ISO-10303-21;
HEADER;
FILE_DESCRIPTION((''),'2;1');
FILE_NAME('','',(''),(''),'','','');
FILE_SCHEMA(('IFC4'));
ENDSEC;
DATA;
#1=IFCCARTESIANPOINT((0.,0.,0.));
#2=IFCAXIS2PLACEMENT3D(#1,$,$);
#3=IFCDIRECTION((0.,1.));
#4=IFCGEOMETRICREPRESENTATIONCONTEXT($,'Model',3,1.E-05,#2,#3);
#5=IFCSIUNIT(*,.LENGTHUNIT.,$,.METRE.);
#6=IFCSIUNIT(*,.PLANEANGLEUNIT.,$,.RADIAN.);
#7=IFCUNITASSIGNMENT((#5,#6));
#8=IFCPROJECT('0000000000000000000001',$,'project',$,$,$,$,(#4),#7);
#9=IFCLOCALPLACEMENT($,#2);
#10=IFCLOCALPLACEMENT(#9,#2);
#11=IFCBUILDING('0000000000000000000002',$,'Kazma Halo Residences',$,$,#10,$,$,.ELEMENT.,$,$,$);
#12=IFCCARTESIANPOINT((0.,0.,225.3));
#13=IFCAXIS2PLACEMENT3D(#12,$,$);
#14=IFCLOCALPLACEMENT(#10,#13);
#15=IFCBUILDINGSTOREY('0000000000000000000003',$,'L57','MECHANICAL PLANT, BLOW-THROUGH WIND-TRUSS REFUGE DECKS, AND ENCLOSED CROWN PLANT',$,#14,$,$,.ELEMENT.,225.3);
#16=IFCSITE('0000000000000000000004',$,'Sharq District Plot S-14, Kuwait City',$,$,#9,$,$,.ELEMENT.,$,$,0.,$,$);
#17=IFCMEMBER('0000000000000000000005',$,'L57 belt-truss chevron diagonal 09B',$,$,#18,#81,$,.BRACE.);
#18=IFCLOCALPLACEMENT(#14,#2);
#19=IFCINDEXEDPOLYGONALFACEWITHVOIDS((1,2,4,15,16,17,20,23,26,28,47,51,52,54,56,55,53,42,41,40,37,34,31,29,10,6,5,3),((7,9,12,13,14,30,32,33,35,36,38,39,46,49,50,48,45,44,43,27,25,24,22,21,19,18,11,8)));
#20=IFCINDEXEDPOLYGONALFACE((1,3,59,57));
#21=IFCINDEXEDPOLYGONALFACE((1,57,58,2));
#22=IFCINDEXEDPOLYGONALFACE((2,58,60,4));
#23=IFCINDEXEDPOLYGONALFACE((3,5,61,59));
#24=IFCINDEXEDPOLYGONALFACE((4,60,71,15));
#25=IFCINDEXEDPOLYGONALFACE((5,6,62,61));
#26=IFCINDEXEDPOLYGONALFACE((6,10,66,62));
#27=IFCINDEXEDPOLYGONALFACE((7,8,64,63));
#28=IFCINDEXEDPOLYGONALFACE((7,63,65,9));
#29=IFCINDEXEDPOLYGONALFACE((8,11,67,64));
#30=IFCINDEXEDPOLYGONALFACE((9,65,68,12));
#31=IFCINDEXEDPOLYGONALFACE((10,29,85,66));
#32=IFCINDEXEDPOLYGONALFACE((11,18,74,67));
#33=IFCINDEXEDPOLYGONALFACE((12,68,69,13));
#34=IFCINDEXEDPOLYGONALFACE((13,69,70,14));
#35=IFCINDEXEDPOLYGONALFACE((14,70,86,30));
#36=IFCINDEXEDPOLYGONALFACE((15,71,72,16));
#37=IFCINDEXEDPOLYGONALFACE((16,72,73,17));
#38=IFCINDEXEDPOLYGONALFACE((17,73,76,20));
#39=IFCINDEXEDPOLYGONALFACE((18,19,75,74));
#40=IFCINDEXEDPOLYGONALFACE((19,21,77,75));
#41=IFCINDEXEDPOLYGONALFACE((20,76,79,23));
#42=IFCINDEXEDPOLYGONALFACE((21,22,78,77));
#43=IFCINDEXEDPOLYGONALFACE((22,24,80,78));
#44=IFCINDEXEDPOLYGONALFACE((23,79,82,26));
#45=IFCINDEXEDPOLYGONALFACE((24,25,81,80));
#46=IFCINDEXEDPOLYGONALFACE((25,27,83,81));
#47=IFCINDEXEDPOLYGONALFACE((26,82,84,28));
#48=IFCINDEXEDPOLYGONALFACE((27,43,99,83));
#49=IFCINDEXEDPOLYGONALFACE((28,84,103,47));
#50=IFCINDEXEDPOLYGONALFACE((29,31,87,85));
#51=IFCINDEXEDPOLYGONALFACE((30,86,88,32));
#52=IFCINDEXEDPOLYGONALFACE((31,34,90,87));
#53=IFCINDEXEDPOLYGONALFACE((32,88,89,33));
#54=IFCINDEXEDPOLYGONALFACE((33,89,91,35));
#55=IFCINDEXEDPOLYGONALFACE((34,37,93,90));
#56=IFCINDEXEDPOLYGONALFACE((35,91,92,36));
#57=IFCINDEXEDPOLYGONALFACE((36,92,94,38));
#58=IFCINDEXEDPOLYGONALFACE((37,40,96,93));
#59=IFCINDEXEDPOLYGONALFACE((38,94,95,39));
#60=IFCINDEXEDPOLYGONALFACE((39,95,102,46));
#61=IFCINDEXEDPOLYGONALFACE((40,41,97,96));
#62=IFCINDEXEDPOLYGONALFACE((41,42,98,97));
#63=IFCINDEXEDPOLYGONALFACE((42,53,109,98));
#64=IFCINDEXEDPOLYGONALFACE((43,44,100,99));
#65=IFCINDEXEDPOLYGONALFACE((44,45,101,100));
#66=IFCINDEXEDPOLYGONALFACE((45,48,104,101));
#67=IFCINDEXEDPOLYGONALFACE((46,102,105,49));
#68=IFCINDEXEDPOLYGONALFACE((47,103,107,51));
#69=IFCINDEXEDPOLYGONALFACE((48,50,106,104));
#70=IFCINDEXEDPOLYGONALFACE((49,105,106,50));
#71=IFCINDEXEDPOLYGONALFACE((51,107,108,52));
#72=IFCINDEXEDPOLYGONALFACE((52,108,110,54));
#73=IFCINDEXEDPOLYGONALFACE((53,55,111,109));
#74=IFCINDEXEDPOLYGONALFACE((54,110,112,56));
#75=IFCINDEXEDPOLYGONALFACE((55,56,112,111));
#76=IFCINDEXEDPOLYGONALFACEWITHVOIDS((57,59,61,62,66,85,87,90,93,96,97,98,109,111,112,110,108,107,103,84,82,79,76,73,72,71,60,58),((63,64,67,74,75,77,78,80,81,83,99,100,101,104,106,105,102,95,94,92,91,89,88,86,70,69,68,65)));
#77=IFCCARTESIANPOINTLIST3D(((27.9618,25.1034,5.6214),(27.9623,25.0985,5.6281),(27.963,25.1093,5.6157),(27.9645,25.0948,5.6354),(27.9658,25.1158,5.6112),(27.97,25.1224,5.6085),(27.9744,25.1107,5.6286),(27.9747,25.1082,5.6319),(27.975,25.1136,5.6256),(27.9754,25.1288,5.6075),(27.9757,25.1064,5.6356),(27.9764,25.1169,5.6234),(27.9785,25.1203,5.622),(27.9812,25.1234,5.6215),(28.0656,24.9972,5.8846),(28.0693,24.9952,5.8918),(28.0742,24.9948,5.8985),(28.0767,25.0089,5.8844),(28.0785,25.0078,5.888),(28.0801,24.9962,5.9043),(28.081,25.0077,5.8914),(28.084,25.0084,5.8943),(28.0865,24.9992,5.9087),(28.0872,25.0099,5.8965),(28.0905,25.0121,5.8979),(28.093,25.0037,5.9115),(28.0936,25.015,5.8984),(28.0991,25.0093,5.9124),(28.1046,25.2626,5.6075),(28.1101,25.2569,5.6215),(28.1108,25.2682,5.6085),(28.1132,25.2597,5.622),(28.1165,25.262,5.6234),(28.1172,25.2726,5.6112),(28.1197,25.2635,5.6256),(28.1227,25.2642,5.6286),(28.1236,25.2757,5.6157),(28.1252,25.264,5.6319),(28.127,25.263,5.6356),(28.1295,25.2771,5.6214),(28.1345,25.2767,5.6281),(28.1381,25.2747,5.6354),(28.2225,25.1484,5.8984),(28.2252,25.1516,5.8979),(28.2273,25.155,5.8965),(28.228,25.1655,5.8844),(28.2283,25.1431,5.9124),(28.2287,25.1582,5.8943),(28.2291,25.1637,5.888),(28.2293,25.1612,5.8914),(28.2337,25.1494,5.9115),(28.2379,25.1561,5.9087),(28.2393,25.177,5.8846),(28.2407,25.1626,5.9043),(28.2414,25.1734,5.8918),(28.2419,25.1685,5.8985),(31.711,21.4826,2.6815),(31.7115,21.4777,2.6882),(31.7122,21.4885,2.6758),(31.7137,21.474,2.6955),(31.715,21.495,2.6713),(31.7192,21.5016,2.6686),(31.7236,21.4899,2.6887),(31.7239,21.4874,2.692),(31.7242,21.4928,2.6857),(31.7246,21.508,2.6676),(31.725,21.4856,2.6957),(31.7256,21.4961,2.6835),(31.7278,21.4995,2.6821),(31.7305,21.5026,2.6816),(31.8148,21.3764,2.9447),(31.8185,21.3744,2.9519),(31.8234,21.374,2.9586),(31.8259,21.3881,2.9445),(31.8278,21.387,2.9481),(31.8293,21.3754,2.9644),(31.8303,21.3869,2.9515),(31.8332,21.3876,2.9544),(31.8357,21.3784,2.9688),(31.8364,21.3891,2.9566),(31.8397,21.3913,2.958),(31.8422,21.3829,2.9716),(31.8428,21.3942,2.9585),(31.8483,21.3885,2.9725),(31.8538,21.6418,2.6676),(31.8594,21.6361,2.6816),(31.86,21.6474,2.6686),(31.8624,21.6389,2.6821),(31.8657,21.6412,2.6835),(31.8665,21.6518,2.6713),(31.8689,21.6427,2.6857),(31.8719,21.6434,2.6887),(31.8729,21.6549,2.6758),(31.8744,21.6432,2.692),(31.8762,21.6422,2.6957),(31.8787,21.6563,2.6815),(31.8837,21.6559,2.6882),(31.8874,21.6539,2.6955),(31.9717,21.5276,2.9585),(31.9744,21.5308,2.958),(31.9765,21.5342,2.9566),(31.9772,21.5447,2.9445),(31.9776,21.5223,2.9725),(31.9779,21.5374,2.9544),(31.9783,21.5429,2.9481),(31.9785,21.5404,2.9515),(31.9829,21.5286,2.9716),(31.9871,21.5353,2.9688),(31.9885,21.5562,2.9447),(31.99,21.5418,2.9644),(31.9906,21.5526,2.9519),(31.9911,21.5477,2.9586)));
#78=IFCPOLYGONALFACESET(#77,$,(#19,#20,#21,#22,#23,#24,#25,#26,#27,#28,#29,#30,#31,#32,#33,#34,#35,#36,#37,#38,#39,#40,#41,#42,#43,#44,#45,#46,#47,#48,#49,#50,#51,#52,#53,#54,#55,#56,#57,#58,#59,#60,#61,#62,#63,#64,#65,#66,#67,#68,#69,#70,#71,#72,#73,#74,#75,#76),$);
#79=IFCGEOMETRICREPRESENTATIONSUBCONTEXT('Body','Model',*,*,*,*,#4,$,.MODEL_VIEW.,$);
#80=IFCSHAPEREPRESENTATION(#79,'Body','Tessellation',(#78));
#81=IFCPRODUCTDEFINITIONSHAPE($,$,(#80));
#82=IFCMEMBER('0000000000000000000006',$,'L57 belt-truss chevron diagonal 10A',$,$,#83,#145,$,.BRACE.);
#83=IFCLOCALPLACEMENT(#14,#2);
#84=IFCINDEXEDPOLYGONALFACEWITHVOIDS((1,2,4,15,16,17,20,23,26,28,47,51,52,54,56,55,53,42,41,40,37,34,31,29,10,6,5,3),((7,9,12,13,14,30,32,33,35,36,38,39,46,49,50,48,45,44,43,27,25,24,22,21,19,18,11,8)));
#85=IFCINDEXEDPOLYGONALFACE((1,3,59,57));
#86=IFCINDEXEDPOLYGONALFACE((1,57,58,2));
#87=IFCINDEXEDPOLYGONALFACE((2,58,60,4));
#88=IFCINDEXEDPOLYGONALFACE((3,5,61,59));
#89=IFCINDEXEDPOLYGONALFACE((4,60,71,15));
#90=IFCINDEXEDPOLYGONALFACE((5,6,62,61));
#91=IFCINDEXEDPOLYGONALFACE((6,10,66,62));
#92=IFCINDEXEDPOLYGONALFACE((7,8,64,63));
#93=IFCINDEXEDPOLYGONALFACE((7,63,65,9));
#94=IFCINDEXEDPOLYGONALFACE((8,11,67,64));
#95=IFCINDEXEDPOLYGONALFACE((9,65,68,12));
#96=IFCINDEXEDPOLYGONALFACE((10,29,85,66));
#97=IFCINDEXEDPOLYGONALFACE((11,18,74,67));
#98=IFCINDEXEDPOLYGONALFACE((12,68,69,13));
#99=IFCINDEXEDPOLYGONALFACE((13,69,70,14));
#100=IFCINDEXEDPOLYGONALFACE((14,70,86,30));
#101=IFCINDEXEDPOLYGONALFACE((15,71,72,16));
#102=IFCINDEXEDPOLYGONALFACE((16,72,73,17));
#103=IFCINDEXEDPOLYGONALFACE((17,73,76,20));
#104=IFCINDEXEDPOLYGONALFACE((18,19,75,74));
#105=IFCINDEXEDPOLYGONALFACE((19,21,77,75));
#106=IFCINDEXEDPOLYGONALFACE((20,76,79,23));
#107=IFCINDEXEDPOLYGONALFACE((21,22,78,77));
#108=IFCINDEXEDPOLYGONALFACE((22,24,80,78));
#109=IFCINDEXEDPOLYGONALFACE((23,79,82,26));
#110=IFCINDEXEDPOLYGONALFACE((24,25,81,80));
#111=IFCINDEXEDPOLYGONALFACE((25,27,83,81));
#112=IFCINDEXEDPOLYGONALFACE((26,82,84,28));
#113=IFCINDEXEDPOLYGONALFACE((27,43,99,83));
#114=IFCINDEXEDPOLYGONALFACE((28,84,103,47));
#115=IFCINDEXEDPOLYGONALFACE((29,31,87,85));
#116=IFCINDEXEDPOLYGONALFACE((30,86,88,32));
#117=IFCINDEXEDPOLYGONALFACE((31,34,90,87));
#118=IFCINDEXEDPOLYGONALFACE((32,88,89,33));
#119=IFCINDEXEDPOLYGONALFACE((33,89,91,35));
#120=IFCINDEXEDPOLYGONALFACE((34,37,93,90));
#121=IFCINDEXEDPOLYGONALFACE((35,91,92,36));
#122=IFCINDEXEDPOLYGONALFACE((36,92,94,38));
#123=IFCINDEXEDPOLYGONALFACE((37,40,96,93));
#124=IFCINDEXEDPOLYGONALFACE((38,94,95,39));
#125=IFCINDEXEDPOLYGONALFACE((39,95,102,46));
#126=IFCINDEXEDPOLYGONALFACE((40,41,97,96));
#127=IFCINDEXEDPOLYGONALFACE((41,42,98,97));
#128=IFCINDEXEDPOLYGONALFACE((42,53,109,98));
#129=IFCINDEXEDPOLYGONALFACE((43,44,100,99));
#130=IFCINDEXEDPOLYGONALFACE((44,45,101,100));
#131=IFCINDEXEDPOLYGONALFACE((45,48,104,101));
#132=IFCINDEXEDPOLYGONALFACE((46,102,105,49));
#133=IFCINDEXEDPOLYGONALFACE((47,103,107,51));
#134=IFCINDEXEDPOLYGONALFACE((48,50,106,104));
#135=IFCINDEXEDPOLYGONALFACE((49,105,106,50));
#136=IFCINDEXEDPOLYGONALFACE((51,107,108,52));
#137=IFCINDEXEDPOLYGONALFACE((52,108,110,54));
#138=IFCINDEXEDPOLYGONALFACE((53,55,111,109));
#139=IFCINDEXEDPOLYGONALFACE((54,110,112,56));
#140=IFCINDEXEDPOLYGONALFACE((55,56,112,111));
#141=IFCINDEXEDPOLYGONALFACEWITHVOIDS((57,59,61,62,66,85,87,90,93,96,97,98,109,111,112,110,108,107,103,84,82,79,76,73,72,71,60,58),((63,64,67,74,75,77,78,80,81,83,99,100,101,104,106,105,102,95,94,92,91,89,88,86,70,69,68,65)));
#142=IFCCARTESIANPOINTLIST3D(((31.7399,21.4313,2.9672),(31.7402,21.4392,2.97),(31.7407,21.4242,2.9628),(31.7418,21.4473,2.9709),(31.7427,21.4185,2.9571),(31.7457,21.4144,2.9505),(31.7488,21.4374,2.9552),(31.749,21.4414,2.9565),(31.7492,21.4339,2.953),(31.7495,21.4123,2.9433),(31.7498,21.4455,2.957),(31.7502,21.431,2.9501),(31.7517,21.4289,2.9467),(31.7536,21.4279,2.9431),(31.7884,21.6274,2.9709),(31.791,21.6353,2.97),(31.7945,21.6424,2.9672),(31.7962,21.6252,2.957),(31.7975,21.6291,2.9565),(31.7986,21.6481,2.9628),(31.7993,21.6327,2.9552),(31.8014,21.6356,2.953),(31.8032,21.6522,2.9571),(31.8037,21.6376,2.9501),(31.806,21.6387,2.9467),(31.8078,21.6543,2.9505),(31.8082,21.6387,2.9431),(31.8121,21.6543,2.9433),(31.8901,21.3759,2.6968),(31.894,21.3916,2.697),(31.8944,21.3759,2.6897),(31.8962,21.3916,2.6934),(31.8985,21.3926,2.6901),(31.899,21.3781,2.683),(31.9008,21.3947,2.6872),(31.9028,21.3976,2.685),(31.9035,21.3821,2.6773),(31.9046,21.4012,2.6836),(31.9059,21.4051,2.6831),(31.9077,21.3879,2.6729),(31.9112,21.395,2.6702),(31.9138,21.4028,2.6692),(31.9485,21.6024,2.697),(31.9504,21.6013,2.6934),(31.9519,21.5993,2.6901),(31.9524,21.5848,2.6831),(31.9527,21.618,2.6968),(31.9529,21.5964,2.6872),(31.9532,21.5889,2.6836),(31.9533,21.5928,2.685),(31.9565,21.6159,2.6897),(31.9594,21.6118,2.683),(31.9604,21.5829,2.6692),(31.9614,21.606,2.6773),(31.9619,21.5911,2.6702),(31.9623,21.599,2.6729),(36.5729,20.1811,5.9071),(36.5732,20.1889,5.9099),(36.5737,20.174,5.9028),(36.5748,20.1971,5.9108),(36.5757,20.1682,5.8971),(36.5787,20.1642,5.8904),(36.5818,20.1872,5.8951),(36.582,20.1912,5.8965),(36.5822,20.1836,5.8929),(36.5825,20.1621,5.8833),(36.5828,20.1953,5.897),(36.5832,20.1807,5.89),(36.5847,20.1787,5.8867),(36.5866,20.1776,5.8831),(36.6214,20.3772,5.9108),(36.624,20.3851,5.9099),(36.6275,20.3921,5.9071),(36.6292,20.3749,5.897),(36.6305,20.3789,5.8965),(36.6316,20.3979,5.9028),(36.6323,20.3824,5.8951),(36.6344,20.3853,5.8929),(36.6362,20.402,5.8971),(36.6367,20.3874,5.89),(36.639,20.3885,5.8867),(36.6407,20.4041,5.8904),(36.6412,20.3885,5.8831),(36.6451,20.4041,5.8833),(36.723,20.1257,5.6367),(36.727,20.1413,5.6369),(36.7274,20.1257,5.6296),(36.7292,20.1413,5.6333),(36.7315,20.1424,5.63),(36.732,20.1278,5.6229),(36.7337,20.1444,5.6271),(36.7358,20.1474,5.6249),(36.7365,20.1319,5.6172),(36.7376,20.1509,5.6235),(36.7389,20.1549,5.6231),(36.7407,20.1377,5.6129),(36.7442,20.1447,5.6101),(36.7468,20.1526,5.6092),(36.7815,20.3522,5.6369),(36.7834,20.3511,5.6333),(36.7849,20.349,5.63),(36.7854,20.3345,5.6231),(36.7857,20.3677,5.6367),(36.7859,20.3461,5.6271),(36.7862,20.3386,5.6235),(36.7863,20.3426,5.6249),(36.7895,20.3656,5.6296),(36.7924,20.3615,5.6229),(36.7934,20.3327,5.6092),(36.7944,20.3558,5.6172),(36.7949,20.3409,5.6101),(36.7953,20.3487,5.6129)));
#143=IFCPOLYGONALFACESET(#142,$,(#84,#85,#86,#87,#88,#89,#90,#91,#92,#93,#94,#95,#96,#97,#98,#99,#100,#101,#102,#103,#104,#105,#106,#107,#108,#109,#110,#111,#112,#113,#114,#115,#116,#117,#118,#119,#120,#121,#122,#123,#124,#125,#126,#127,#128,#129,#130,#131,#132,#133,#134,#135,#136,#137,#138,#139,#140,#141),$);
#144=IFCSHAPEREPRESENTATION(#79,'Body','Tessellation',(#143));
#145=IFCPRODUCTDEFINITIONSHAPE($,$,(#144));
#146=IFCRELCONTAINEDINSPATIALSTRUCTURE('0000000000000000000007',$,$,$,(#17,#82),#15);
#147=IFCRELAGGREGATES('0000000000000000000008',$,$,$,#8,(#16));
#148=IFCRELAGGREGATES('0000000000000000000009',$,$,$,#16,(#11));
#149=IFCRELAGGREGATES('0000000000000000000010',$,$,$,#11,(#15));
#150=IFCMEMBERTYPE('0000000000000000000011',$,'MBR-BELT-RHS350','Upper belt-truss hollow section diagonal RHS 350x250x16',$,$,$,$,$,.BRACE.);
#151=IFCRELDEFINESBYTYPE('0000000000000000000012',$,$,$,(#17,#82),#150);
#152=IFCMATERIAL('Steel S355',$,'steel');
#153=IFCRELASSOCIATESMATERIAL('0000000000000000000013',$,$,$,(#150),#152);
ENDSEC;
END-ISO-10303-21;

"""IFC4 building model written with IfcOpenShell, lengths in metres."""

from ifc_helpers import new_model, si_unit, direction, frame, origin, origin_2d, place, context, subcontext, project, spatial, hollow_rectangle, extrude, material, material_profile, profile_set, type_object, element, save


model = new_model("IFC4")

# Units and contexts
model_context = context("Model", 3, precision=1e-05, world=origin(), true_north=direction((0.0, 1.0)))
body_context = subcontext(model_context, "Body", "Model", "MODEL_VIEW")
ifc_project = project(units=[si_unit("LENGTHUNIT", "METRE"), si_unit("PLANEANGLEUNIT", "RADIAN")], contexts=[model_context])

# Site, building, storey
site_placement = place(None, origin())
site = spatial("IfcSite", under=ifc_project, at=site_placement, Name="Sharq District Plot S-14, Kuwait City", CompositionType="ELEMENT", RefElevation=0.0)
building_placement = place(site_placement, origin())
building = spatial("IfcBuilding", under=site, at=building_placement, Name="Kazma Halo Residences", CompositionType="ELEMENT")
storey_placement = place(building_placement, frame((0.0, 0.0, 225.3)))
storey = spatial("IfcBuildingStorey", under=building, at=storey_placement, Name="L57", Description="MECHANICAL PLANT, BLOW-THROUGH WIND-TRUSS REFUGE DECKS, AND ENCLOSED CROWN PLANT", CompositionType="ELEMENT", Elevation=225.3)

# Shared definitions
ifc_material_1 = material(Name="Steel S355", Category="steel")

# Members
ifc_material_profile_1 = material_profile(ifc_material_1, hollow_rectangle(XDim=0.25, YDim=0.3501, WallThickness=0.0161, InnerFilletRadius=0.0161, OuterFilletRadius=0.032, at=origin_2d()), Name="RHS350x250x16")
ifc_profile_set_1 = profile_set([ifc_material_profile_1], Name="Steel S355")
member_type_1 = type_object("IfcMemberType", Name="MBR-BELT-RHS350", Description="Upper belt-truss hollow section diagonal RHS 350x250x16", PredefinedType="BRACE", material=ifc_profile_set_1)
member_1_placement = place(storey_placement, frame((31.8511, 21.5151, 2.8201), z_axis=(-0.626526, 0.605067, 0.491283), x_axis=(-0.694681, -0.719318, 0.0)))
element("IfcMember", 1, at=member_1_placement, inside=storey, type_object=member_type_1, Name="L57 belt-truss chevron diagonal 09B", PredefinedType="BRACE", context=body_context, shape_type="SweptSolid", body=[
    extrude(hollow_rectangle(XDim=0.25, YDim=0.3501, WallThickness=0.0161, InnerFilletRadius=0.0161, OuterFilletRadius=0.032, at=origin_2d()), origin(), (0.0, 0.0, 1.0), 5.9841),
])
member_2_placement = place(storey_placement, frame((31.8511, 21.5151, 2.8201), z_axis=(0.834216, -0.215802, 0.507458), x_axis=(0.250444, 0.968131, 0.0)))
element("IfcMember", 2, at=member_2_placement, inside=storey, type_object=member_type_1, Name="L57 belt-truss chevron diagonal 10A", PredefinedType="BRACE", context=body_context, shape_type="SweptSolid", body=[
    extrude(hollow_rectangle(XDim=0.25, YDim=0.3501, WallThickness=0.0161, InnerFilletRadius=0.0161, OuterFilletRadius=0.032, at=origin_2d()), origin(), (0.0, 0.0, 1.0), 5.7935),
])

save(model, "model.ifc")
